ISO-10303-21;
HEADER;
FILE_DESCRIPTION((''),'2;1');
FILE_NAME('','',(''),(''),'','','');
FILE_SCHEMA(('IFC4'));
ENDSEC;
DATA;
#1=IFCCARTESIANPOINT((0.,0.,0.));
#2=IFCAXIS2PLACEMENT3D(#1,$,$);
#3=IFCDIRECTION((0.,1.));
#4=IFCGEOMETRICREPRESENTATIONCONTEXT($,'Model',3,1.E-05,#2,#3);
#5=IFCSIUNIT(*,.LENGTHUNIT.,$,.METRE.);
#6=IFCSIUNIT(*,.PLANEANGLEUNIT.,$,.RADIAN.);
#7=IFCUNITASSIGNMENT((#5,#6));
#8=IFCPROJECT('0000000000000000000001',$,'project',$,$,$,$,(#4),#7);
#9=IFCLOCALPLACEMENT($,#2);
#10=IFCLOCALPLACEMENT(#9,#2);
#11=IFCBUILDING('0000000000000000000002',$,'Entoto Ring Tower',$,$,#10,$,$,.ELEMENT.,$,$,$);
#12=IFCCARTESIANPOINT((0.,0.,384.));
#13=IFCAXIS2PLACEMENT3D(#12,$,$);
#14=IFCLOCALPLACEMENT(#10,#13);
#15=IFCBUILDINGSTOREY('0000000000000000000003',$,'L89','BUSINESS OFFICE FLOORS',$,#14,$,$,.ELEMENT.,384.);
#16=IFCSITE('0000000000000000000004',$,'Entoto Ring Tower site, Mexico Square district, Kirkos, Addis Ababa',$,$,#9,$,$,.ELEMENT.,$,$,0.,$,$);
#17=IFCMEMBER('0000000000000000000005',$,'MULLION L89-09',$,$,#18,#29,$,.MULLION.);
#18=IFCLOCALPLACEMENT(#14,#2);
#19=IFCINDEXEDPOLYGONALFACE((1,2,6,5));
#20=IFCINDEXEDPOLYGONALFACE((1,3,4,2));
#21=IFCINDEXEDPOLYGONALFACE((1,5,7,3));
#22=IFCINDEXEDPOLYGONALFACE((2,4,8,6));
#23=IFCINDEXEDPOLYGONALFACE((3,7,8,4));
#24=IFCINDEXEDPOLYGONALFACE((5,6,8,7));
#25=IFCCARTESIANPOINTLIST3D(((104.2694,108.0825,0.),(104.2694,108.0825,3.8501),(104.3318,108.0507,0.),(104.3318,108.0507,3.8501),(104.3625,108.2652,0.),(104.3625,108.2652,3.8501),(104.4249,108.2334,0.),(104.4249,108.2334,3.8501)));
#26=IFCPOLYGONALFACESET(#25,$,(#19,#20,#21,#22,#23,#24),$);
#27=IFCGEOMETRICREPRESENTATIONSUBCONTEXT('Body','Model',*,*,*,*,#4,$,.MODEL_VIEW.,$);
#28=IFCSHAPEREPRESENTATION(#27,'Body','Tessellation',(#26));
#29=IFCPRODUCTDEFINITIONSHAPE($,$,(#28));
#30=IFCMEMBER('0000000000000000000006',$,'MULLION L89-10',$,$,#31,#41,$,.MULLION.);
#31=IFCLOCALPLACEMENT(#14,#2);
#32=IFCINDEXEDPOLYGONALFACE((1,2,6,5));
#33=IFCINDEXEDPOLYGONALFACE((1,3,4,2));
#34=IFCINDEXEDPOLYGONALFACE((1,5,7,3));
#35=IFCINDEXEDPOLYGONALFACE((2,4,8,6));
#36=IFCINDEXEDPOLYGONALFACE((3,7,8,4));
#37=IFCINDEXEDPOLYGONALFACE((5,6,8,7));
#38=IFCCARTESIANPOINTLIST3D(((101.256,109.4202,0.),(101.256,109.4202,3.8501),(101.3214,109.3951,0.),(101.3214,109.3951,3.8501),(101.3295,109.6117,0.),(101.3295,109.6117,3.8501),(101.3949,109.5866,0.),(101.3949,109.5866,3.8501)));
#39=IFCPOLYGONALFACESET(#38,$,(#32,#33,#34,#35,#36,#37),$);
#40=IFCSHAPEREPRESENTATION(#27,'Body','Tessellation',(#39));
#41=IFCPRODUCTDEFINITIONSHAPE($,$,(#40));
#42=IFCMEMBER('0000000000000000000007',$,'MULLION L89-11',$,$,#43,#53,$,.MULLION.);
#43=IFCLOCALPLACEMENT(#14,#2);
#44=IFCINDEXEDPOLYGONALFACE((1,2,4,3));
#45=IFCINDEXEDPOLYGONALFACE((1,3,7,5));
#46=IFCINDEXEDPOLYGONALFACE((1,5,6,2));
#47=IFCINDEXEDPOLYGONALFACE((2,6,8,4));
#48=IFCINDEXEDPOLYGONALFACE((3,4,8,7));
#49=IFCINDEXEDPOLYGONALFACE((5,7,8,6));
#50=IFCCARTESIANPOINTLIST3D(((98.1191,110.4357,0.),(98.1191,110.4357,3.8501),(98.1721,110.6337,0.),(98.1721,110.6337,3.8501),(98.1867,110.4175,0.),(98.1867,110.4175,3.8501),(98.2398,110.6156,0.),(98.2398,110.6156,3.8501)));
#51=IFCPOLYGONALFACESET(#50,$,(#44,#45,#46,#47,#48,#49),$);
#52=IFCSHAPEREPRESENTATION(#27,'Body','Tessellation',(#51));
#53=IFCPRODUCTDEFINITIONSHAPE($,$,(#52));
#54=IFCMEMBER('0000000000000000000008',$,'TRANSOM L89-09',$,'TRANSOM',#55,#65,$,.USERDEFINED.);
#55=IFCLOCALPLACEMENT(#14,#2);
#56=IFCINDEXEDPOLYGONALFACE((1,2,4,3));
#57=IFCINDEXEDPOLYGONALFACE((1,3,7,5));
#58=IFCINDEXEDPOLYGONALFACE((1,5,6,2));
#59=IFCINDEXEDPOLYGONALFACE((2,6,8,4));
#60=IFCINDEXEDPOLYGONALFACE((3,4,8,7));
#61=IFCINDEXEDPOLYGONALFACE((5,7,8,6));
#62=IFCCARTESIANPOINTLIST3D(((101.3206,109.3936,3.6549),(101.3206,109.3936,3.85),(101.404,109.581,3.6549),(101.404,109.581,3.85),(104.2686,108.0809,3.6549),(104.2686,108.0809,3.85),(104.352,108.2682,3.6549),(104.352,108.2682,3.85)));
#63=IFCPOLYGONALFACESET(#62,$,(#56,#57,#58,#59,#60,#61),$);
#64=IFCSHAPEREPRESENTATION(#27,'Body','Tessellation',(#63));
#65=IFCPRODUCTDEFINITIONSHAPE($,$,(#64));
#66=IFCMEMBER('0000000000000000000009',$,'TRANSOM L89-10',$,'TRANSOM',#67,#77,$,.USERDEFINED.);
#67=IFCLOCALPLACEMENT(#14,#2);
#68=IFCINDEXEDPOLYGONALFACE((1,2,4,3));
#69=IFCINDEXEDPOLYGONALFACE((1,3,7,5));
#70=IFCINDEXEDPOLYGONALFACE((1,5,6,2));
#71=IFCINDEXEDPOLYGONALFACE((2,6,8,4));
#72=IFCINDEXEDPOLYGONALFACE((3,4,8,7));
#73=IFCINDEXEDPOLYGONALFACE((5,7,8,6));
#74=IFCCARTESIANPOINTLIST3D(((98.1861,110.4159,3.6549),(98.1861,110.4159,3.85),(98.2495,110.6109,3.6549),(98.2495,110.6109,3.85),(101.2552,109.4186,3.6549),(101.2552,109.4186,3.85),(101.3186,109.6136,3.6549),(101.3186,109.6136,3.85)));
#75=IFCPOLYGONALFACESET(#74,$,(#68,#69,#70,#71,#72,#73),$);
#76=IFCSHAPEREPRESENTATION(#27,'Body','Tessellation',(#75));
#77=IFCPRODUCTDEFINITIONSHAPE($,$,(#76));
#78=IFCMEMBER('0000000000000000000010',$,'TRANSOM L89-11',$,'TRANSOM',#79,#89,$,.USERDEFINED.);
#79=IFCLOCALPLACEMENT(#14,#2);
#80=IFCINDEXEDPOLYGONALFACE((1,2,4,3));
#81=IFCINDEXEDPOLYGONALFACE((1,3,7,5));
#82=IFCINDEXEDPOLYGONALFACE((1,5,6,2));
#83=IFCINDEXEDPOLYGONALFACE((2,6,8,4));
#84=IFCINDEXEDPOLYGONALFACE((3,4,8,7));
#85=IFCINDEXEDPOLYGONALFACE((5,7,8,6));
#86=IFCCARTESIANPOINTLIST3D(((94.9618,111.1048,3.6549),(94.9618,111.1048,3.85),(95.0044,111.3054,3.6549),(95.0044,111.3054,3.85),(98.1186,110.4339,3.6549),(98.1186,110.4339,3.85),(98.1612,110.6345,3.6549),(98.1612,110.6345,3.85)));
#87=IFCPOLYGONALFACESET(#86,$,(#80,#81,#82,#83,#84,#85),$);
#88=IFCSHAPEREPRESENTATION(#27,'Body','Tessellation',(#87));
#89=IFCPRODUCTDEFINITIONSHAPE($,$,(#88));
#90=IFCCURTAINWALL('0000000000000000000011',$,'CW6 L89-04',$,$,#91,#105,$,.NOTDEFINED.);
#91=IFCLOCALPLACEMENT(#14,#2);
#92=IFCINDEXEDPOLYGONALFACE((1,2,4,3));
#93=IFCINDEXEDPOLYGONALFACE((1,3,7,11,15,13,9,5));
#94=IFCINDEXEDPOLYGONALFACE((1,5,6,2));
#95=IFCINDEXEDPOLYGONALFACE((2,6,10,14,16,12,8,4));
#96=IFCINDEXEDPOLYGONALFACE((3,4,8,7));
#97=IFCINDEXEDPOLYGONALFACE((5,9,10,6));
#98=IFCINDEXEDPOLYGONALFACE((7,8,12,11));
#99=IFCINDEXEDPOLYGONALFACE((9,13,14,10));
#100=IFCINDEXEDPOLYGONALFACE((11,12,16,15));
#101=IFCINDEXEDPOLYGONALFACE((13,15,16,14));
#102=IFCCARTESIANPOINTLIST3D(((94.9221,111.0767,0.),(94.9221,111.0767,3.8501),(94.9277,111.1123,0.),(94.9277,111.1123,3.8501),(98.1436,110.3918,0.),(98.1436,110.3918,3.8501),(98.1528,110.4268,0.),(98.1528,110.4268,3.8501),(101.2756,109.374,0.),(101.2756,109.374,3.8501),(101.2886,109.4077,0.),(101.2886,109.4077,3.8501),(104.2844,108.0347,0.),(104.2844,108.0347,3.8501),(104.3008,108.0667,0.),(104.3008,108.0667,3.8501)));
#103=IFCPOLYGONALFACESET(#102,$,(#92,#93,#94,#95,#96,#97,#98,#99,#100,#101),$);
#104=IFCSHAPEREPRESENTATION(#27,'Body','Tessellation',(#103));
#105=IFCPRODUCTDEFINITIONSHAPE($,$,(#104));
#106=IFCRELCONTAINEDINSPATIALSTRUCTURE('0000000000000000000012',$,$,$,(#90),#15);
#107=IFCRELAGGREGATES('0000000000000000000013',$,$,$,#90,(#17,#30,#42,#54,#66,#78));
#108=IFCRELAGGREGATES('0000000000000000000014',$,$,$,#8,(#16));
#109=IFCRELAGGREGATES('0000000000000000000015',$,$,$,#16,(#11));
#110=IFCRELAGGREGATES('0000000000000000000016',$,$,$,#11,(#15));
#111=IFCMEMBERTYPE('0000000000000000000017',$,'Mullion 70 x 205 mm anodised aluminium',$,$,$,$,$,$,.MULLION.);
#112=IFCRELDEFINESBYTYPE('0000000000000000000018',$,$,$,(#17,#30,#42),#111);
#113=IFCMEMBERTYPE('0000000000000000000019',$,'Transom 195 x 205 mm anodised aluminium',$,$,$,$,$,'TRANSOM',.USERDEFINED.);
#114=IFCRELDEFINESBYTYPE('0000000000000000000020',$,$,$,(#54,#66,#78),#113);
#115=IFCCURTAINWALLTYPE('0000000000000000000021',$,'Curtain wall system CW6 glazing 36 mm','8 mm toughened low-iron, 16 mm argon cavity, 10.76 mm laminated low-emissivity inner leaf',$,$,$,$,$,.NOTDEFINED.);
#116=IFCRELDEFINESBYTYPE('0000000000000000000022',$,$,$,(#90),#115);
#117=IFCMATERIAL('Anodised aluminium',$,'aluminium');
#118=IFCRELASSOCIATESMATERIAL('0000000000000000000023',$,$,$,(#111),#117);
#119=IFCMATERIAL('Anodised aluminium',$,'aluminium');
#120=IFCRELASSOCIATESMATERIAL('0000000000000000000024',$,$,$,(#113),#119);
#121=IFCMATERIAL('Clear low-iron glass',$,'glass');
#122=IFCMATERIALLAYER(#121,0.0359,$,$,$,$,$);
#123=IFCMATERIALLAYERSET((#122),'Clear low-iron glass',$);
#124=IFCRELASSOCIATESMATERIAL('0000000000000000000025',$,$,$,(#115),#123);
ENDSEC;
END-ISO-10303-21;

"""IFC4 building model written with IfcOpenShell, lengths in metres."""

from ifc_helpers import new_model, si_unit, direction, frame, origin, origin_2d, place, context, subcontext, project, spatial, polyline, rectangle, outline, extrude, material, layer, layer_set, material_profile, profile_set, type_object, element, aggregate, save


model = new_model("IFC4")

# Units and contexts
model_context = context("Model", 3, precision=1e-05, world=origin(), true_north=direction((0.0, 1.0)))
body_context = subcontext(model_context, "Body", "Model", "MODEL_VIEW")
ifc_project = project(units=[si_unit("LENGTHUNIT", "METRE"), si_unit("PLANEANGLEUNIT", "RADIAN")], contexts=[model_context])

# Members
ifc_material_1 = material(Name="Anodised aluminium", Category="aluminium")
ifc_material_profile_1 = material_profile(ifc_material_1, rectangle(XDim=0.0701, YDim=0.2051, at=origin_2d()), Name="Mullion 70 x 205 mm anodised aluminium")
ifc_profile_set_1 = profile_set([ifc_material_profile_1], Name="Anodised aluminium")
member_type_1 = type_object("IfcMemberType", Name="Mullion 70 x 205 mm anodised aluminium", PredefinedType="MULLION", material=ifc_profile_set_1)
site_placement = place(None, origin())
building_placement = place(site_placement, origin())
storey_placement = place(building_placement, frame((0.0, 0.0, 384.0)))
member_1_placement = place(storey_placement, frame((104.3472, 108.158, 0.0), z_axis=(0.0, 0.0, 1.0), x_axis=(-0.891007, 0.45399, 0.0)))
member_1 = element("IfcMember", 1, at=member_1_placement, type_object=member_type_1, Name="MULLION L89-09", PredefinedType="MULLION", context=body_context, shape_type="SweptSolid", body=[
    extrude(rectangle(XDim=0.0701, YDim=0.2051, at=origin_2d()), origin(), (0.0, 0.0, 1.0), 3.8501),
])
member_2_placement = place(storey_placement, frame((101.3254, 109.5034, 0.0), z_axis=(0.0, 0.0, 1.0), x_axis=(-0.93358, 0.358368, 0.0)))
member_2 = element("IfcMember", 2, at=member_2_placement, type_object=member_type_1, Name="MULLION L89-10", PredefinedType="MULLION", context=body_context, shape_type="SweptSolid", body=[
    extrude(rectangle(XDim=0.0701, YDim=0.2051, at=origin_2d()), origin(), (0.0, 0.0, 1.0), 3.8501),
])
member_3_placement = place(storey_placement, frame((98.1794, 110.5256, 0.0), z_axis=(0.0, 0.0, 1.0), x_axis=(-0.965926, 0.258819, 0.0)))
member_3 = element("IfcMember", 3, at=member_3_placement, type_object=member_type_1, Name="MULLION L89-11", PredefinedType="MULLION", context=body_context, shape_type="SweptSolid", body=[
    extrude(rectangle(XDim=0.0701, YDim=0.2051, at=origin_2d()), origin(), (0.0, 0.0, 1.0), 3.8501),
])
ifc_material_2 = material(Name="Anodised aluminium", Category="aluminium")
ifc_material_profile_2 = material_profile(ifc_material_2, rectangle(XDim=0.2051, YDim=0.1951, at=origin_2d()), Name="Transom 195 x 205 mm anodised aluminium")
ifc_profile_set_2 = profile_set([ifc_material_profile_2], Name="Anodised aluminium")
member_type_2 = type_object("IfcMemberType", Name="Transom 195 x 205 mm anodised aluminium", ElementType="TRANSOM", PredefinedType="USERDEFINED", material=ifc_profile_set_2)
member_4_placement = place(storey_placement, frame((104.3103, 108.1746, 3.7524), z_axis=(-0.913521, 0.406791, 0.0), x_axis=(-0.406791, -0.913521, 0.0)))
member_4 = element("IfcMember", 4, at=member_4_placement, type_object=member_type_2, Name="TRANSOM L89-09", ObjectType="TRANSOM", PredefinedType="USERDEFINED", context=body_context, shape_type="SweptSolid", body=[
    extrude(rectangle(XDim=0.2051, YDim=0.1951, at=origin_2d()), origin(), (0.0, 0.0, 1.0), 3.2271),
])
member_5_placement = place(storey_placement, frame((101.2869, 109.5161, 3.7524), z_axis=(-0.951047, 0.309047, 0.0), x_axis=(-0.309047, -0.951047, 0.0)))
member_5 = element("IfcMember", 5, at=member_5_placement, type_object=member_type_2, Name="TRANSOM L89-10", ObjectType="TRANSOM", PredefinedType="USERDEFINED", context=body_context, shape_type="SweptSolid", body=[
    extrude(rectangle(XDim=0.2051, YDim=0.1951, at=origin_2d()), origin(), (0.0, 0.0, 1.0), 3.2271),
])
member_6_placement = place(storey_placement, frame((98.1399, 110.5342, 3.7524), z_axis=(-0.978153, 0.207886, 0.0), x_axis=(-0.207886, -0.978153, 0.0)))
member_6 = element("IfcMember", 6, at=member_6_placement, type_object=member_type_2, Name="TRANSOM L89-11", ObjectType="TRANSOM", PredefinedType="USERDEFINED", context=body_context, shape_type="SweptSolid", body=[
    extrude(rectangle(XDim=0.2051, YDim=0.1951, at=origin_2d()), origin(), (0.0, 0.0, 1.0), 3.2273),
])

# Site, building, storey
site = spatial("IfcSite", under=ifc_project, at=site_placement, Name="Entoto Ring Tower site, Mexico Square district, Kirkos, Addis Ababa", CompositionType="ELEMENT", RefElevation=0.0)
building = spatial("IfcBuilding", under=site, at=building_placement, Name="Entoto Ring Tower", CompositionType="ELEMENT")
storey = spatial("IfcBuildingStorey", under=building, at=storey_placement, Name="L89", Description="BUSINESS OFFICE FLOORS", CompositionType="ELEMENT", Elevation=384.0)

# Curtain wall
ifc_material_3 = material(Name="Clear low-iron glass", Category="glass")
ifc_layer = layer(ifc_material_3, 0.0359)
ifc_layer_set = layer_set([ifc_layer], Name="Clear low-iron glass")
curtain_wall_type = type_object("IfcCurtainWallType", Name="Curtain wall system CW6 glazing 36 mm", Description="8 mm toughened low-iron, 16 mm argon cavity, 10.76 mm laminated low-emissivity inner leaf", PredefinedType="NOTDEFINED", material=ifc_layer_set)
curtain_wall_1_placement = place(storey_placement, origin())
curtain_wall_1 = element("IfcCurtainWall", 7, at=curtain_wall_1_placement, inside=storey, type_object=curtain_wall_type, Name="CW6 L89-04", PredefinedType="NOTDEFINED", context=body_context, shape_type="SweptSolid", body=[
    extrude(outline(polyline([(104.3008, 108.0667), (101.2886, 109.4077), (98.1528, 110.4268), (94.9277, 111.1123), (94.9221, 111.0767), (98.1436, 110.3918), (101.2756, 109.374), (104.2844, 108.0347), (104.3008, 108.0667)])), origin(), (0.0, 0.0, 1.0), 3.8501),
])
aggregate(curtain_wall_1, [member_1, member_2, member_3, member_4, member_5, member_6])

save(model, "model.ifc")
